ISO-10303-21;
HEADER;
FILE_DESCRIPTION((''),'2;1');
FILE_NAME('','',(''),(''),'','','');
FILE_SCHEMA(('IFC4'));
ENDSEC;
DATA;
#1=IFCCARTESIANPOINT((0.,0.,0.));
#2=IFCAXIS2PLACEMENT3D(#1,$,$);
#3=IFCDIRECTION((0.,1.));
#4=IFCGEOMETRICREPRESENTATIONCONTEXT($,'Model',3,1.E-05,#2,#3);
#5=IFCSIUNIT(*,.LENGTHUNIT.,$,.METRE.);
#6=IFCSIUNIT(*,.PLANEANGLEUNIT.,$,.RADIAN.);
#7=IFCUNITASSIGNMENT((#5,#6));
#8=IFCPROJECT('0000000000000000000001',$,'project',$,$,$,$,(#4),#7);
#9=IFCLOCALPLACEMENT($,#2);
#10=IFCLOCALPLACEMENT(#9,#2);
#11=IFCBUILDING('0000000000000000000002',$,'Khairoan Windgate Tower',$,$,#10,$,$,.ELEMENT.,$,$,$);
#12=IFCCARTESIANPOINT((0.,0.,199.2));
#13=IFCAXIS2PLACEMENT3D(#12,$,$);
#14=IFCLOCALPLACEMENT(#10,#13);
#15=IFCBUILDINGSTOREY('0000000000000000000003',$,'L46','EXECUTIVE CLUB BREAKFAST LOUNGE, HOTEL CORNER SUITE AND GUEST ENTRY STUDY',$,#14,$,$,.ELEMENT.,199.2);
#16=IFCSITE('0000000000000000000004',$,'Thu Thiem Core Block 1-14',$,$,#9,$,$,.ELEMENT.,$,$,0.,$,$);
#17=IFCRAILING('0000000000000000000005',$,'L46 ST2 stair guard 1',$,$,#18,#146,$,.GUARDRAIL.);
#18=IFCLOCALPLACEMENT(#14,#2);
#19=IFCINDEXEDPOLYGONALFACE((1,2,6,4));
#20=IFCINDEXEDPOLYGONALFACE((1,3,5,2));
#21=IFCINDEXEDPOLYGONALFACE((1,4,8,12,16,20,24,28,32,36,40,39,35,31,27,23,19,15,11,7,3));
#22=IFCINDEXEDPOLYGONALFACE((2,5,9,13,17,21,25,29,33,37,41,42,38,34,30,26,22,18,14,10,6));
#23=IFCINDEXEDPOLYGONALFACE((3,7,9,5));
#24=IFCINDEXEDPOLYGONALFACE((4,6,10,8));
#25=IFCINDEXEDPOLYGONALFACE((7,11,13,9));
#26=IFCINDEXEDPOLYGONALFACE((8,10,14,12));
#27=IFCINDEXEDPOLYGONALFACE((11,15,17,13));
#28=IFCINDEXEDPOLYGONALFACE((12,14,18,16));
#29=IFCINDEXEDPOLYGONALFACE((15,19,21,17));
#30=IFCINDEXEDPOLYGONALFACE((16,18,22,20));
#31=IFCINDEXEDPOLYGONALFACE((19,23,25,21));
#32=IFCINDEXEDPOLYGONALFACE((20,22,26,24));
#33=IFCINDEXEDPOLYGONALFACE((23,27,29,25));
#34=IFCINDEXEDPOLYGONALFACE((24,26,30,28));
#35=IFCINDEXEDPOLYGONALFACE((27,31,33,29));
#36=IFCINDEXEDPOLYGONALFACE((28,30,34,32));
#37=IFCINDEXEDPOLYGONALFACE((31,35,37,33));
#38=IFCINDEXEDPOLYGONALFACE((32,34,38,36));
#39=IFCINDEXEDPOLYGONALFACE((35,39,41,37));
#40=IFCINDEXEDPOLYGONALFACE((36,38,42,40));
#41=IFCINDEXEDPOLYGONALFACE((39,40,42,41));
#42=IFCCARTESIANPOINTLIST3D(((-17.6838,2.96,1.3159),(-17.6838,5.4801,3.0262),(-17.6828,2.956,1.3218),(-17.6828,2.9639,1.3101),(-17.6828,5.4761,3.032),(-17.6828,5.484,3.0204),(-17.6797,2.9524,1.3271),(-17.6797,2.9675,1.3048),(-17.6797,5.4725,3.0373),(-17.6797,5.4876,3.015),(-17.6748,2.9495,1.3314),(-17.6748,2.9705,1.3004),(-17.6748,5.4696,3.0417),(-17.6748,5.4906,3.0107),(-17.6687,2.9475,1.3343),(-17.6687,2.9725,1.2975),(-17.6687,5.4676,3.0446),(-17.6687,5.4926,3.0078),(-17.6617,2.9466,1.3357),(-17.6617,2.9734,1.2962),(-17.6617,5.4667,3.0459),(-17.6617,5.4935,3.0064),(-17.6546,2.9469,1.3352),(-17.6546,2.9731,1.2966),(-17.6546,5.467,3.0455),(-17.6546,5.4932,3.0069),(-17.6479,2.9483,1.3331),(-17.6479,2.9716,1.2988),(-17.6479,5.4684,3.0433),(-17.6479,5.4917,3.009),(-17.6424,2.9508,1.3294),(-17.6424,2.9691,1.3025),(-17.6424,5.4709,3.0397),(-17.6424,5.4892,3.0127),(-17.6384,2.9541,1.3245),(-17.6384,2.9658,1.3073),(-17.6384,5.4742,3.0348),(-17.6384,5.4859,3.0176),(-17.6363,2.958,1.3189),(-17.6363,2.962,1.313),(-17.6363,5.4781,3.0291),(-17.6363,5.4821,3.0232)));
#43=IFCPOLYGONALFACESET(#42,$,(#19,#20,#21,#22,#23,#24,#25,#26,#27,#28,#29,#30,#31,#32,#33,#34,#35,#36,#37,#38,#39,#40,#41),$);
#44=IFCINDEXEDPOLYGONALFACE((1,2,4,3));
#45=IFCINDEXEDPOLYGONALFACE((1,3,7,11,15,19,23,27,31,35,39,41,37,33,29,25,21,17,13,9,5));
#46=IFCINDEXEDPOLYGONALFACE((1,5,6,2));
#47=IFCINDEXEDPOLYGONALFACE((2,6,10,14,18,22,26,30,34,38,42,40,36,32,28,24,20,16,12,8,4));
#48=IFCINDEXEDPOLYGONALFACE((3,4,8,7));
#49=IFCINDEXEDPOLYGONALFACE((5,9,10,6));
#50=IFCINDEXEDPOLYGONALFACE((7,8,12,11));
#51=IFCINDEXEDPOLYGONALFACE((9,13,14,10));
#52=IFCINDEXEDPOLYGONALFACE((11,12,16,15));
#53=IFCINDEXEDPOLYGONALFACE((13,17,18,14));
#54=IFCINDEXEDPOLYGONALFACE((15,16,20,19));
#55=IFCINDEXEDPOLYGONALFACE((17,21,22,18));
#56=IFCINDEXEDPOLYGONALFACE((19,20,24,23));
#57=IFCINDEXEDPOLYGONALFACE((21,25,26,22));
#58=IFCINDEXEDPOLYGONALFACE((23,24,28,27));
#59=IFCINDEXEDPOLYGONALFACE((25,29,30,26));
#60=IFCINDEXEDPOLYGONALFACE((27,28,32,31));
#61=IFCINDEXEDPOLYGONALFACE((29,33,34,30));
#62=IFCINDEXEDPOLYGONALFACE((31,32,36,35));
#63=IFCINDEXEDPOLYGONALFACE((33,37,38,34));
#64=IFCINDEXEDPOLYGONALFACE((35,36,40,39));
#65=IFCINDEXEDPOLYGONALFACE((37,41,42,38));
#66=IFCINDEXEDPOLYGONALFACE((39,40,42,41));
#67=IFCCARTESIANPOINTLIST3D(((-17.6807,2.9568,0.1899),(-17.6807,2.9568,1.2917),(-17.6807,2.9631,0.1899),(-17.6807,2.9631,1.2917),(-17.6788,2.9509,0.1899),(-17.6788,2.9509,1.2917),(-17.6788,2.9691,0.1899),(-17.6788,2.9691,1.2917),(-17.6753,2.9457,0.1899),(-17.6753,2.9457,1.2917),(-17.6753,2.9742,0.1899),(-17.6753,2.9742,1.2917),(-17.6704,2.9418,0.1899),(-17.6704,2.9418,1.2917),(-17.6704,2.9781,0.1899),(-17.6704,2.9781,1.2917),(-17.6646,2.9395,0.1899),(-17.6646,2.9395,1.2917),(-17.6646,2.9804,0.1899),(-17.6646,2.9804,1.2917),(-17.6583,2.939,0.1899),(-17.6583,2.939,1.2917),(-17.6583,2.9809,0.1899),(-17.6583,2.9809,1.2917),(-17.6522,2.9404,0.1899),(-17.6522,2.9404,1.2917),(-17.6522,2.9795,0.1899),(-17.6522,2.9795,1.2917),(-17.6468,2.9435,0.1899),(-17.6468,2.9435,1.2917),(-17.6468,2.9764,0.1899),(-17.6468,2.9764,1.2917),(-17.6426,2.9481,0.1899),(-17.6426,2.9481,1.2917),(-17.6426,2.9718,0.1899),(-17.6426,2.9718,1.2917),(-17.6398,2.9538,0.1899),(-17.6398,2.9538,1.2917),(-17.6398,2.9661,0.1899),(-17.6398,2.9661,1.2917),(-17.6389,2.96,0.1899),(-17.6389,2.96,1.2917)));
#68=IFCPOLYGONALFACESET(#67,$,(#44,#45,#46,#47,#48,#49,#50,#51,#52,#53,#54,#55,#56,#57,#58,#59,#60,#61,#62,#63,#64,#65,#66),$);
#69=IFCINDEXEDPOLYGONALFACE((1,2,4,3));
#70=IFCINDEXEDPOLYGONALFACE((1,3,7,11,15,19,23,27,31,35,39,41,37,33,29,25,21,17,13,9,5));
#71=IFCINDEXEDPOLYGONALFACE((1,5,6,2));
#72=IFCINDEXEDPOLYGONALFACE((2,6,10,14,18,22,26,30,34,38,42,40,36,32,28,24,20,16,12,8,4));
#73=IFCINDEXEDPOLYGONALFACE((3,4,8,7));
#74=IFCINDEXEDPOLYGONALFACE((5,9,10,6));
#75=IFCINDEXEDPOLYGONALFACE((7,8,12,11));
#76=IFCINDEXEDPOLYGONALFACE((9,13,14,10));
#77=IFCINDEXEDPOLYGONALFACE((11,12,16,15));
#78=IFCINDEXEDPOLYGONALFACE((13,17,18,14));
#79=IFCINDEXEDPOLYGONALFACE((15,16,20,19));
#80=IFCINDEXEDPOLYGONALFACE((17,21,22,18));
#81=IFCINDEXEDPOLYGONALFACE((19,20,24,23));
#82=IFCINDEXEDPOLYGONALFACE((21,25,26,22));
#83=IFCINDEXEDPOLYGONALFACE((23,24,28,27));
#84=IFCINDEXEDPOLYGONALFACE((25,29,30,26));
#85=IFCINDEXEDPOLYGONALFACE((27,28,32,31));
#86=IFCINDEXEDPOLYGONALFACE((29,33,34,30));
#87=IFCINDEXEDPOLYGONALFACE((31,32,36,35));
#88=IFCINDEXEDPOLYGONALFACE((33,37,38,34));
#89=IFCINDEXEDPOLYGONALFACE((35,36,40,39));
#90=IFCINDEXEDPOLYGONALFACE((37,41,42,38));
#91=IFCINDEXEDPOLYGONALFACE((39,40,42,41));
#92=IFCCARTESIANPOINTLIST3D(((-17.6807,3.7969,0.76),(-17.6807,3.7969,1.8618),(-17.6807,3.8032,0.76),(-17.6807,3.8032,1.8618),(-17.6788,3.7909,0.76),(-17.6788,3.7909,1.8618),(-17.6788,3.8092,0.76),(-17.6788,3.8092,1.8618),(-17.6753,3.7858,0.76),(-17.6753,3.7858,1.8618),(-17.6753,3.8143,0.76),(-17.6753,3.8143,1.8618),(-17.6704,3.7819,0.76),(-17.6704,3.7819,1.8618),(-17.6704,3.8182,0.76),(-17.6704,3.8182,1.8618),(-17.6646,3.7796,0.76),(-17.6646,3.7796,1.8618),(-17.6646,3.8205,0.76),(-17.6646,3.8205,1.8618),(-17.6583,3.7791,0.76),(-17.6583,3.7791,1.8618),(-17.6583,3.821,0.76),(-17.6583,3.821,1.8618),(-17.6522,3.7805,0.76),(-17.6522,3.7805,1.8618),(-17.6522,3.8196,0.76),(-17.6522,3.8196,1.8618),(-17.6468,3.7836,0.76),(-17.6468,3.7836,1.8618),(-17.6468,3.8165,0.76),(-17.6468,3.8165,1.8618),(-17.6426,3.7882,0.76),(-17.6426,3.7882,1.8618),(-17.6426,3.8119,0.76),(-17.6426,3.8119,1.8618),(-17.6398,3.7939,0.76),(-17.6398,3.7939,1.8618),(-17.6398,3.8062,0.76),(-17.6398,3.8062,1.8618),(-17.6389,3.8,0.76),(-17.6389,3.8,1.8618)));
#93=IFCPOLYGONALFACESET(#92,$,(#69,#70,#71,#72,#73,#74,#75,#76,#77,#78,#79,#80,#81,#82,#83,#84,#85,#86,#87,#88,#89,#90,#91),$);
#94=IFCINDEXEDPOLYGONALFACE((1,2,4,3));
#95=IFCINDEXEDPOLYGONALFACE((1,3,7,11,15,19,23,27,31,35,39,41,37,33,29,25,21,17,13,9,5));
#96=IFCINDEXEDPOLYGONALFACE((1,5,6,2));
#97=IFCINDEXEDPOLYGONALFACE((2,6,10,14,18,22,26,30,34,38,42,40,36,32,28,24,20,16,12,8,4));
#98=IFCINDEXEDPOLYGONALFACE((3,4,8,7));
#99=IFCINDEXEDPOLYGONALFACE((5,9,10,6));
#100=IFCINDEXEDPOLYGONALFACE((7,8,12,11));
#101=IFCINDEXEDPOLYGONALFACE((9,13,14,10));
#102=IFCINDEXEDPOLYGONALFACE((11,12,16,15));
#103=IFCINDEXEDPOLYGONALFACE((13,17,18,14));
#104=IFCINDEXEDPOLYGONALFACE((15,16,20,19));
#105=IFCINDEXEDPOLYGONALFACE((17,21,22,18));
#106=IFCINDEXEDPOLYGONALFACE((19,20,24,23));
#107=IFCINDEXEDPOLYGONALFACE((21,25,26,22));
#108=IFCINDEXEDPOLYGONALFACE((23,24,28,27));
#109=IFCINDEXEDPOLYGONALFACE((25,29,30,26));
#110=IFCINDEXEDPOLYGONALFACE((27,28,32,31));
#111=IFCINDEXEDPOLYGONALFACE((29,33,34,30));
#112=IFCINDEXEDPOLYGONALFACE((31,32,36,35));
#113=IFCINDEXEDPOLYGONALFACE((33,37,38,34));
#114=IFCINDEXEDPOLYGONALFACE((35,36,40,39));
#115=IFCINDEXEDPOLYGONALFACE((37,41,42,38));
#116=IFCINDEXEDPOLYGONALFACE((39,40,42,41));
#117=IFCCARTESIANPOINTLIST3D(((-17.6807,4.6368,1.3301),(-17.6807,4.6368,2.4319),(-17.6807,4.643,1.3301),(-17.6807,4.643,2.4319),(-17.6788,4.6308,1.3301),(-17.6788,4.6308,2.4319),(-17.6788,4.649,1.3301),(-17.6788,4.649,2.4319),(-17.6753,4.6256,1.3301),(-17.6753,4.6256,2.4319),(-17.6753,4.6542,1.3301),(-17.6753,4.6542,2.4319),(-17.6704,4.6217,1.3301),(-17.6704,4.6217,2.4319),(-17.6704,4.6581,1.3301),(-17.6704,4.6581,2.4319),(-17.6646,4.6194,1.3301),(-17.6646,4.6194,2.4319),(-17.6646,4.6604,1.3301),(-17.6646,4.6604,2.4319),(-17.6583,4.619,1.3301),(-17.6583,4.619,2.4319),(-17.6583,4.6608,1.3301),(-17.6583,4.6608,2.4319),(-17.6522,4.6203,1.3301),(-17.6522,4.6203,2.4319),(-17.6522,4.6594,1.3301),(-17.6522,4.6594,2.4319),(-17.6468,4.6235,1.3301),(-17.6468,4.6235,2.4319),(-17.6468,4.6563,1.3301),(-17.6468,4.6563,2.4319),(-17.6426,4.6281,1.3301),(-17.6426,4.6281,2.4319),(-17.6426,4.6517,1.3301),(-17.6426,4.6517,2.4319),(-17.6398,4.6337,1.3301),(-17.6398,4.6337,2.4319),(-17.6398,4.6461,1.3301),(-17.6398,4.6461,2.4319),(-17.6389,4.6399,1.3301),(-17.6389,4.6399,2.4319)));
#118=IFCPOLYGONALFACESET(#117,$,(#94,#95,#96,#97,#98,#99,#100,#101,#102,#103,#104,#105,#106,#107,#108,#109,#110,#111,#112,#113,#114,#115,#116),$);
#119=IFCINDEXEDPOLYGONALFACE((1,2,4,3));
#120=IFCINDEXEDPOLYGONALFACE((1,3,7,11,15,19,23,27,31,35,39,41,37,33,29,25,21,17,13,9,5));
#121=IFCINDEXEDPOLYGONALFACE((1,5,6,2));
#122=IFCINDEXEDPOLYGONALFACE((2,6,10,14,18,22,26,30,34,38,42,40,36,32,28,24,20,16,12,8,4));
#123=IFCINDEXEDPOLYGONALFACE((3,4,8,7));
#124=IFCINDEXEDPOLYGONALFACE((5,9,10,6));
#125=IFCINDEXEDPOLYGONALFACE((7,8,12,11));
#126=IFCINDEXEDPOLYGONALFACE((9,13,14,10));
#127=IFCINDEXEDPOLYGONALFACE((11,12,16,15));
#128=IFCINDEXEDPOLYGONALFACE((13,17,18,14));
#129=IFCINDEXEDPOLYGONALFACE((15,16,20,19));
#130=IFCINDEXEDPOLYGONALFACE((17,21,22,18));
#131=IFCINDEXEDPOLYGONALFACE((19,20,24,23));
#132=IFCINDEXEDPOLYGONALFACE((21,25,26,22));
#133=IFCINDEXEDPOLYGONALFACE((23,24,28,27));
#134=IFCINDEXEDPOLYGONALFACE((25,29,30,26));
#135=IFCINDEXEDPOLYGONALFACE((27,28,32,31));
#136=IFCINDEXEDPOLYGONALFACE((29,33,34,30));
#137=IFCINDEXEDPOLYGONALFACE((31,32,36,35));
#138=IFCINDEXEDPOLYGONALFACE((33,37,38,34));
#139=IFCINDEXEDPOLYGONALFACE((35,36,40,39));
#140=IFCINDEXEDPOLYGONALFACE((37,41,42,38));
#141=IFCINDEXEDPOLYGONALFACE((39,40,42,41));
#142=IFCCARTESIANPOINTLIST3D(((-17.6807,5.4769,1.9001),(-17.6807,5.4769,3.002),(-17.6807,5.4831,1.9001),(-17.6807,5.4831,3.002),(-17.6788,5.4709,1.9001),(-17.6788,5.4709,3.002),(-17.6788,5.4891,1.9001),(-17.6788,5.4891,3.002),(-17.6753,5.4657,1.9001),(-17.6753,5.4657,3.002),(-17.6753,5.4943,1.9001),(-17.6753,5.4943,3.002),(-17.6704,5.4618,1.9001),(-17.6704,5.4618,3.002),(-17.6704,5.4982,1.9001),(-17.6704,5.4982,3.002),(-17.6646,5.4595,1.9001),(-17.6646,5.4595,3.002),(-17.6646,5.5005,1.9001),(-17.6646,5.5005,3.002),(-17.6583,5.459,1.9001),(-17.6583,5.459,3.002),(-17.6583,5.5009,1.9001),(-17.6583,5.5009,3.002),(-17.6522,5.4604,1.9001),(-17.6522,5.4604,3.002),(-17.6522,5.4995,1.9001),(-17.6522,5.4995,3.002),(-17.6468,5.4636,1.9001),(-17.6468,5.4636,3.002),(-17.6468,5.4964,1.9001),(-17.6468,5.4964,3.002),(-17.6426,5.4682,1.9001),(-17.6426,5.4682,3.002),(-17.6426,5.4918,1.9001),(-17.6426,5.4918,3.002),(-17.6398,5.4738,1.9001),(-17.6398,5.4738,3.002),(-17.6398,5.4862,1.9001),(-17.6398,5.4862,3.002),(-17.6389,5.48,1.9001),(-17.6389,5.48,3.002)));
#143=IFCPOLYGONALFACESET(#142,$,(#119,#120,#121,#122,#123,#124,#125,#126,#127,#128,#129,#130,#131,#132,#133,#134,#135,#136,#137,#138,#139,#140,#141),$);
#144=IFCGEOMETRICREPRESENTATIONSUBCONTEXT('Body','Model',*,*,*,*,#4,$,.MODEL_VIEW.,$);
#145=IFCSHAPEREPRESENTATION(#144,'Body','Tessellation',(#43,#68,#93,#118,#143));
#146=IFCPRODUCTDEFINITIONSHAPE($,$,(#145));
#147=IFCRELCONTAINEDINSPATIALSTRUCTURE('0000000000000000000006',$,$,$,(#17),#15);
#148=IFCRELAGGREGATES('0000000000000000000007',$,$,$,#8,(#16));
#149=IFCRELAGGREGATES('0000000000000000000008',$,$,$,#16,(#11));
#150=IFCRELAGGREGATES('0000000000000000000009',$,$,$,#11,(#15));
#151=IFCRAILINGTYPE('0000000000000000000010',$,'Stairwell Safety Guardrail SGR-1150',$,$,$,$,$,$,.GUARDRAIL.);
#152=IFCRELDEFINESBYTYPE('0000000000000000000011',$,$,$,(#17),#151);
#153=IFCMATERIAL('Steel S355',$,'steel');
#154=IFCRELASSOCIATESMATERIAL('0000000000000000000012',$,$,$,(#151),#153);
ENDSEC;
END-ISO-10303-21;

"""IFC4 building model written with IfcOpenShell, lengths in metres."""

from ifc_helpers import new_model, si_unit, direction, frame, origin, origin_2d, place, context, subcontext, project, spatial, circle, extrude, material, type_object, element, save


model = new_model("IFC4")

# Units and contexts
model_context = context("Model", 3, precision=1e-05, world=origin(), true_north=direction((0.0, 1.0)))
body_context = subcontext(model_context, "Body", "Model", "MODEL_VIEW")
ifc_project = project(units=[si_unit("LENGTHUNIT", "METRE"), si_unit("PLANEANGLEUNIT", "RADIAN")], contexts=[model_context])

# Site, building, storey
site_placement = place(None, origin())
site = spatial("IfcSite", under=ifc_project, at=site_placement, Name="Thu Thiem Core Block 1-14", CompositionType="ELEMENT", RefElevation=0.0)
building_placement = place(site_placement, origin())
building = spatial("IfcBuilding", under=site, at=building_placement, Name="Khairoan Windgate Tower", CompositionType="ELEMENT")
storey_placement = place(building_placement, frame((0.0, 0.0, 199.2)))
storey = spatial("IfcBuildingStorey", under=building, at=storey_placement, Name="L46", Description="EXECUTIVE CLUB BREAKFAST LOUNGE, HOTEL CORNER SUITE AND GUEST ENTRY STUDY", CompositionType="ELEMENT", Elevation=199.2)

# Railing
ifc_material_1 = material(Name="Steel S355", Category="steel")
railing_type_1 = type_object("IfcRailingType", Name="Stairwell Safety Guardrail SGR-1150", PredefinedType="GUARDRAIL", material=ifc_material_1)
railing_1_placement = place(storey_placement, frame((-17.6599, 2.96, 0.1899)))
element("IfcRailing", 1, at=railing_1_placement, inside=storey, type_object=railing_type_1, Name="L46 ST2 stair guard 1", PredefinedType="GUARDRAIL", context=body_context, shape_type="SweptSolid", body=[
    extrude(circle(Radius=0.0239, at=origin_2d()), frame((0.0, 0.0, 1.126), z_axis=(0.0, 0.827447, 0.561545), x_axis=(-1.0, 0.0, 0.0)), (0.0, 0.0, 1.0), 3.0457),
    extrude(circle(Radius=0.021, at=origin_2d()), origin(), (0.0, 0.0, 1.0), 1.1018),
    extrude(circle(Radius=0.021, at=origin_2d()), frame((0.0, 0.8401, 0.5701)), (0.0, 0.0, 1.0), 1.1018),
    extrude(circle(Radius=0.021, at=origin_2d()), frame((0.0, 1.6799, 1.1401)), (0.0, 0.0, 1.0), 1.1018),
    extrude(circle(Radius=0.021, at=origin_2d()), frame((0.0, 2.52, 1.7102)), (0.0, 0.0, 1.0), 1.1018),
])

save(model, "model.ifc")
